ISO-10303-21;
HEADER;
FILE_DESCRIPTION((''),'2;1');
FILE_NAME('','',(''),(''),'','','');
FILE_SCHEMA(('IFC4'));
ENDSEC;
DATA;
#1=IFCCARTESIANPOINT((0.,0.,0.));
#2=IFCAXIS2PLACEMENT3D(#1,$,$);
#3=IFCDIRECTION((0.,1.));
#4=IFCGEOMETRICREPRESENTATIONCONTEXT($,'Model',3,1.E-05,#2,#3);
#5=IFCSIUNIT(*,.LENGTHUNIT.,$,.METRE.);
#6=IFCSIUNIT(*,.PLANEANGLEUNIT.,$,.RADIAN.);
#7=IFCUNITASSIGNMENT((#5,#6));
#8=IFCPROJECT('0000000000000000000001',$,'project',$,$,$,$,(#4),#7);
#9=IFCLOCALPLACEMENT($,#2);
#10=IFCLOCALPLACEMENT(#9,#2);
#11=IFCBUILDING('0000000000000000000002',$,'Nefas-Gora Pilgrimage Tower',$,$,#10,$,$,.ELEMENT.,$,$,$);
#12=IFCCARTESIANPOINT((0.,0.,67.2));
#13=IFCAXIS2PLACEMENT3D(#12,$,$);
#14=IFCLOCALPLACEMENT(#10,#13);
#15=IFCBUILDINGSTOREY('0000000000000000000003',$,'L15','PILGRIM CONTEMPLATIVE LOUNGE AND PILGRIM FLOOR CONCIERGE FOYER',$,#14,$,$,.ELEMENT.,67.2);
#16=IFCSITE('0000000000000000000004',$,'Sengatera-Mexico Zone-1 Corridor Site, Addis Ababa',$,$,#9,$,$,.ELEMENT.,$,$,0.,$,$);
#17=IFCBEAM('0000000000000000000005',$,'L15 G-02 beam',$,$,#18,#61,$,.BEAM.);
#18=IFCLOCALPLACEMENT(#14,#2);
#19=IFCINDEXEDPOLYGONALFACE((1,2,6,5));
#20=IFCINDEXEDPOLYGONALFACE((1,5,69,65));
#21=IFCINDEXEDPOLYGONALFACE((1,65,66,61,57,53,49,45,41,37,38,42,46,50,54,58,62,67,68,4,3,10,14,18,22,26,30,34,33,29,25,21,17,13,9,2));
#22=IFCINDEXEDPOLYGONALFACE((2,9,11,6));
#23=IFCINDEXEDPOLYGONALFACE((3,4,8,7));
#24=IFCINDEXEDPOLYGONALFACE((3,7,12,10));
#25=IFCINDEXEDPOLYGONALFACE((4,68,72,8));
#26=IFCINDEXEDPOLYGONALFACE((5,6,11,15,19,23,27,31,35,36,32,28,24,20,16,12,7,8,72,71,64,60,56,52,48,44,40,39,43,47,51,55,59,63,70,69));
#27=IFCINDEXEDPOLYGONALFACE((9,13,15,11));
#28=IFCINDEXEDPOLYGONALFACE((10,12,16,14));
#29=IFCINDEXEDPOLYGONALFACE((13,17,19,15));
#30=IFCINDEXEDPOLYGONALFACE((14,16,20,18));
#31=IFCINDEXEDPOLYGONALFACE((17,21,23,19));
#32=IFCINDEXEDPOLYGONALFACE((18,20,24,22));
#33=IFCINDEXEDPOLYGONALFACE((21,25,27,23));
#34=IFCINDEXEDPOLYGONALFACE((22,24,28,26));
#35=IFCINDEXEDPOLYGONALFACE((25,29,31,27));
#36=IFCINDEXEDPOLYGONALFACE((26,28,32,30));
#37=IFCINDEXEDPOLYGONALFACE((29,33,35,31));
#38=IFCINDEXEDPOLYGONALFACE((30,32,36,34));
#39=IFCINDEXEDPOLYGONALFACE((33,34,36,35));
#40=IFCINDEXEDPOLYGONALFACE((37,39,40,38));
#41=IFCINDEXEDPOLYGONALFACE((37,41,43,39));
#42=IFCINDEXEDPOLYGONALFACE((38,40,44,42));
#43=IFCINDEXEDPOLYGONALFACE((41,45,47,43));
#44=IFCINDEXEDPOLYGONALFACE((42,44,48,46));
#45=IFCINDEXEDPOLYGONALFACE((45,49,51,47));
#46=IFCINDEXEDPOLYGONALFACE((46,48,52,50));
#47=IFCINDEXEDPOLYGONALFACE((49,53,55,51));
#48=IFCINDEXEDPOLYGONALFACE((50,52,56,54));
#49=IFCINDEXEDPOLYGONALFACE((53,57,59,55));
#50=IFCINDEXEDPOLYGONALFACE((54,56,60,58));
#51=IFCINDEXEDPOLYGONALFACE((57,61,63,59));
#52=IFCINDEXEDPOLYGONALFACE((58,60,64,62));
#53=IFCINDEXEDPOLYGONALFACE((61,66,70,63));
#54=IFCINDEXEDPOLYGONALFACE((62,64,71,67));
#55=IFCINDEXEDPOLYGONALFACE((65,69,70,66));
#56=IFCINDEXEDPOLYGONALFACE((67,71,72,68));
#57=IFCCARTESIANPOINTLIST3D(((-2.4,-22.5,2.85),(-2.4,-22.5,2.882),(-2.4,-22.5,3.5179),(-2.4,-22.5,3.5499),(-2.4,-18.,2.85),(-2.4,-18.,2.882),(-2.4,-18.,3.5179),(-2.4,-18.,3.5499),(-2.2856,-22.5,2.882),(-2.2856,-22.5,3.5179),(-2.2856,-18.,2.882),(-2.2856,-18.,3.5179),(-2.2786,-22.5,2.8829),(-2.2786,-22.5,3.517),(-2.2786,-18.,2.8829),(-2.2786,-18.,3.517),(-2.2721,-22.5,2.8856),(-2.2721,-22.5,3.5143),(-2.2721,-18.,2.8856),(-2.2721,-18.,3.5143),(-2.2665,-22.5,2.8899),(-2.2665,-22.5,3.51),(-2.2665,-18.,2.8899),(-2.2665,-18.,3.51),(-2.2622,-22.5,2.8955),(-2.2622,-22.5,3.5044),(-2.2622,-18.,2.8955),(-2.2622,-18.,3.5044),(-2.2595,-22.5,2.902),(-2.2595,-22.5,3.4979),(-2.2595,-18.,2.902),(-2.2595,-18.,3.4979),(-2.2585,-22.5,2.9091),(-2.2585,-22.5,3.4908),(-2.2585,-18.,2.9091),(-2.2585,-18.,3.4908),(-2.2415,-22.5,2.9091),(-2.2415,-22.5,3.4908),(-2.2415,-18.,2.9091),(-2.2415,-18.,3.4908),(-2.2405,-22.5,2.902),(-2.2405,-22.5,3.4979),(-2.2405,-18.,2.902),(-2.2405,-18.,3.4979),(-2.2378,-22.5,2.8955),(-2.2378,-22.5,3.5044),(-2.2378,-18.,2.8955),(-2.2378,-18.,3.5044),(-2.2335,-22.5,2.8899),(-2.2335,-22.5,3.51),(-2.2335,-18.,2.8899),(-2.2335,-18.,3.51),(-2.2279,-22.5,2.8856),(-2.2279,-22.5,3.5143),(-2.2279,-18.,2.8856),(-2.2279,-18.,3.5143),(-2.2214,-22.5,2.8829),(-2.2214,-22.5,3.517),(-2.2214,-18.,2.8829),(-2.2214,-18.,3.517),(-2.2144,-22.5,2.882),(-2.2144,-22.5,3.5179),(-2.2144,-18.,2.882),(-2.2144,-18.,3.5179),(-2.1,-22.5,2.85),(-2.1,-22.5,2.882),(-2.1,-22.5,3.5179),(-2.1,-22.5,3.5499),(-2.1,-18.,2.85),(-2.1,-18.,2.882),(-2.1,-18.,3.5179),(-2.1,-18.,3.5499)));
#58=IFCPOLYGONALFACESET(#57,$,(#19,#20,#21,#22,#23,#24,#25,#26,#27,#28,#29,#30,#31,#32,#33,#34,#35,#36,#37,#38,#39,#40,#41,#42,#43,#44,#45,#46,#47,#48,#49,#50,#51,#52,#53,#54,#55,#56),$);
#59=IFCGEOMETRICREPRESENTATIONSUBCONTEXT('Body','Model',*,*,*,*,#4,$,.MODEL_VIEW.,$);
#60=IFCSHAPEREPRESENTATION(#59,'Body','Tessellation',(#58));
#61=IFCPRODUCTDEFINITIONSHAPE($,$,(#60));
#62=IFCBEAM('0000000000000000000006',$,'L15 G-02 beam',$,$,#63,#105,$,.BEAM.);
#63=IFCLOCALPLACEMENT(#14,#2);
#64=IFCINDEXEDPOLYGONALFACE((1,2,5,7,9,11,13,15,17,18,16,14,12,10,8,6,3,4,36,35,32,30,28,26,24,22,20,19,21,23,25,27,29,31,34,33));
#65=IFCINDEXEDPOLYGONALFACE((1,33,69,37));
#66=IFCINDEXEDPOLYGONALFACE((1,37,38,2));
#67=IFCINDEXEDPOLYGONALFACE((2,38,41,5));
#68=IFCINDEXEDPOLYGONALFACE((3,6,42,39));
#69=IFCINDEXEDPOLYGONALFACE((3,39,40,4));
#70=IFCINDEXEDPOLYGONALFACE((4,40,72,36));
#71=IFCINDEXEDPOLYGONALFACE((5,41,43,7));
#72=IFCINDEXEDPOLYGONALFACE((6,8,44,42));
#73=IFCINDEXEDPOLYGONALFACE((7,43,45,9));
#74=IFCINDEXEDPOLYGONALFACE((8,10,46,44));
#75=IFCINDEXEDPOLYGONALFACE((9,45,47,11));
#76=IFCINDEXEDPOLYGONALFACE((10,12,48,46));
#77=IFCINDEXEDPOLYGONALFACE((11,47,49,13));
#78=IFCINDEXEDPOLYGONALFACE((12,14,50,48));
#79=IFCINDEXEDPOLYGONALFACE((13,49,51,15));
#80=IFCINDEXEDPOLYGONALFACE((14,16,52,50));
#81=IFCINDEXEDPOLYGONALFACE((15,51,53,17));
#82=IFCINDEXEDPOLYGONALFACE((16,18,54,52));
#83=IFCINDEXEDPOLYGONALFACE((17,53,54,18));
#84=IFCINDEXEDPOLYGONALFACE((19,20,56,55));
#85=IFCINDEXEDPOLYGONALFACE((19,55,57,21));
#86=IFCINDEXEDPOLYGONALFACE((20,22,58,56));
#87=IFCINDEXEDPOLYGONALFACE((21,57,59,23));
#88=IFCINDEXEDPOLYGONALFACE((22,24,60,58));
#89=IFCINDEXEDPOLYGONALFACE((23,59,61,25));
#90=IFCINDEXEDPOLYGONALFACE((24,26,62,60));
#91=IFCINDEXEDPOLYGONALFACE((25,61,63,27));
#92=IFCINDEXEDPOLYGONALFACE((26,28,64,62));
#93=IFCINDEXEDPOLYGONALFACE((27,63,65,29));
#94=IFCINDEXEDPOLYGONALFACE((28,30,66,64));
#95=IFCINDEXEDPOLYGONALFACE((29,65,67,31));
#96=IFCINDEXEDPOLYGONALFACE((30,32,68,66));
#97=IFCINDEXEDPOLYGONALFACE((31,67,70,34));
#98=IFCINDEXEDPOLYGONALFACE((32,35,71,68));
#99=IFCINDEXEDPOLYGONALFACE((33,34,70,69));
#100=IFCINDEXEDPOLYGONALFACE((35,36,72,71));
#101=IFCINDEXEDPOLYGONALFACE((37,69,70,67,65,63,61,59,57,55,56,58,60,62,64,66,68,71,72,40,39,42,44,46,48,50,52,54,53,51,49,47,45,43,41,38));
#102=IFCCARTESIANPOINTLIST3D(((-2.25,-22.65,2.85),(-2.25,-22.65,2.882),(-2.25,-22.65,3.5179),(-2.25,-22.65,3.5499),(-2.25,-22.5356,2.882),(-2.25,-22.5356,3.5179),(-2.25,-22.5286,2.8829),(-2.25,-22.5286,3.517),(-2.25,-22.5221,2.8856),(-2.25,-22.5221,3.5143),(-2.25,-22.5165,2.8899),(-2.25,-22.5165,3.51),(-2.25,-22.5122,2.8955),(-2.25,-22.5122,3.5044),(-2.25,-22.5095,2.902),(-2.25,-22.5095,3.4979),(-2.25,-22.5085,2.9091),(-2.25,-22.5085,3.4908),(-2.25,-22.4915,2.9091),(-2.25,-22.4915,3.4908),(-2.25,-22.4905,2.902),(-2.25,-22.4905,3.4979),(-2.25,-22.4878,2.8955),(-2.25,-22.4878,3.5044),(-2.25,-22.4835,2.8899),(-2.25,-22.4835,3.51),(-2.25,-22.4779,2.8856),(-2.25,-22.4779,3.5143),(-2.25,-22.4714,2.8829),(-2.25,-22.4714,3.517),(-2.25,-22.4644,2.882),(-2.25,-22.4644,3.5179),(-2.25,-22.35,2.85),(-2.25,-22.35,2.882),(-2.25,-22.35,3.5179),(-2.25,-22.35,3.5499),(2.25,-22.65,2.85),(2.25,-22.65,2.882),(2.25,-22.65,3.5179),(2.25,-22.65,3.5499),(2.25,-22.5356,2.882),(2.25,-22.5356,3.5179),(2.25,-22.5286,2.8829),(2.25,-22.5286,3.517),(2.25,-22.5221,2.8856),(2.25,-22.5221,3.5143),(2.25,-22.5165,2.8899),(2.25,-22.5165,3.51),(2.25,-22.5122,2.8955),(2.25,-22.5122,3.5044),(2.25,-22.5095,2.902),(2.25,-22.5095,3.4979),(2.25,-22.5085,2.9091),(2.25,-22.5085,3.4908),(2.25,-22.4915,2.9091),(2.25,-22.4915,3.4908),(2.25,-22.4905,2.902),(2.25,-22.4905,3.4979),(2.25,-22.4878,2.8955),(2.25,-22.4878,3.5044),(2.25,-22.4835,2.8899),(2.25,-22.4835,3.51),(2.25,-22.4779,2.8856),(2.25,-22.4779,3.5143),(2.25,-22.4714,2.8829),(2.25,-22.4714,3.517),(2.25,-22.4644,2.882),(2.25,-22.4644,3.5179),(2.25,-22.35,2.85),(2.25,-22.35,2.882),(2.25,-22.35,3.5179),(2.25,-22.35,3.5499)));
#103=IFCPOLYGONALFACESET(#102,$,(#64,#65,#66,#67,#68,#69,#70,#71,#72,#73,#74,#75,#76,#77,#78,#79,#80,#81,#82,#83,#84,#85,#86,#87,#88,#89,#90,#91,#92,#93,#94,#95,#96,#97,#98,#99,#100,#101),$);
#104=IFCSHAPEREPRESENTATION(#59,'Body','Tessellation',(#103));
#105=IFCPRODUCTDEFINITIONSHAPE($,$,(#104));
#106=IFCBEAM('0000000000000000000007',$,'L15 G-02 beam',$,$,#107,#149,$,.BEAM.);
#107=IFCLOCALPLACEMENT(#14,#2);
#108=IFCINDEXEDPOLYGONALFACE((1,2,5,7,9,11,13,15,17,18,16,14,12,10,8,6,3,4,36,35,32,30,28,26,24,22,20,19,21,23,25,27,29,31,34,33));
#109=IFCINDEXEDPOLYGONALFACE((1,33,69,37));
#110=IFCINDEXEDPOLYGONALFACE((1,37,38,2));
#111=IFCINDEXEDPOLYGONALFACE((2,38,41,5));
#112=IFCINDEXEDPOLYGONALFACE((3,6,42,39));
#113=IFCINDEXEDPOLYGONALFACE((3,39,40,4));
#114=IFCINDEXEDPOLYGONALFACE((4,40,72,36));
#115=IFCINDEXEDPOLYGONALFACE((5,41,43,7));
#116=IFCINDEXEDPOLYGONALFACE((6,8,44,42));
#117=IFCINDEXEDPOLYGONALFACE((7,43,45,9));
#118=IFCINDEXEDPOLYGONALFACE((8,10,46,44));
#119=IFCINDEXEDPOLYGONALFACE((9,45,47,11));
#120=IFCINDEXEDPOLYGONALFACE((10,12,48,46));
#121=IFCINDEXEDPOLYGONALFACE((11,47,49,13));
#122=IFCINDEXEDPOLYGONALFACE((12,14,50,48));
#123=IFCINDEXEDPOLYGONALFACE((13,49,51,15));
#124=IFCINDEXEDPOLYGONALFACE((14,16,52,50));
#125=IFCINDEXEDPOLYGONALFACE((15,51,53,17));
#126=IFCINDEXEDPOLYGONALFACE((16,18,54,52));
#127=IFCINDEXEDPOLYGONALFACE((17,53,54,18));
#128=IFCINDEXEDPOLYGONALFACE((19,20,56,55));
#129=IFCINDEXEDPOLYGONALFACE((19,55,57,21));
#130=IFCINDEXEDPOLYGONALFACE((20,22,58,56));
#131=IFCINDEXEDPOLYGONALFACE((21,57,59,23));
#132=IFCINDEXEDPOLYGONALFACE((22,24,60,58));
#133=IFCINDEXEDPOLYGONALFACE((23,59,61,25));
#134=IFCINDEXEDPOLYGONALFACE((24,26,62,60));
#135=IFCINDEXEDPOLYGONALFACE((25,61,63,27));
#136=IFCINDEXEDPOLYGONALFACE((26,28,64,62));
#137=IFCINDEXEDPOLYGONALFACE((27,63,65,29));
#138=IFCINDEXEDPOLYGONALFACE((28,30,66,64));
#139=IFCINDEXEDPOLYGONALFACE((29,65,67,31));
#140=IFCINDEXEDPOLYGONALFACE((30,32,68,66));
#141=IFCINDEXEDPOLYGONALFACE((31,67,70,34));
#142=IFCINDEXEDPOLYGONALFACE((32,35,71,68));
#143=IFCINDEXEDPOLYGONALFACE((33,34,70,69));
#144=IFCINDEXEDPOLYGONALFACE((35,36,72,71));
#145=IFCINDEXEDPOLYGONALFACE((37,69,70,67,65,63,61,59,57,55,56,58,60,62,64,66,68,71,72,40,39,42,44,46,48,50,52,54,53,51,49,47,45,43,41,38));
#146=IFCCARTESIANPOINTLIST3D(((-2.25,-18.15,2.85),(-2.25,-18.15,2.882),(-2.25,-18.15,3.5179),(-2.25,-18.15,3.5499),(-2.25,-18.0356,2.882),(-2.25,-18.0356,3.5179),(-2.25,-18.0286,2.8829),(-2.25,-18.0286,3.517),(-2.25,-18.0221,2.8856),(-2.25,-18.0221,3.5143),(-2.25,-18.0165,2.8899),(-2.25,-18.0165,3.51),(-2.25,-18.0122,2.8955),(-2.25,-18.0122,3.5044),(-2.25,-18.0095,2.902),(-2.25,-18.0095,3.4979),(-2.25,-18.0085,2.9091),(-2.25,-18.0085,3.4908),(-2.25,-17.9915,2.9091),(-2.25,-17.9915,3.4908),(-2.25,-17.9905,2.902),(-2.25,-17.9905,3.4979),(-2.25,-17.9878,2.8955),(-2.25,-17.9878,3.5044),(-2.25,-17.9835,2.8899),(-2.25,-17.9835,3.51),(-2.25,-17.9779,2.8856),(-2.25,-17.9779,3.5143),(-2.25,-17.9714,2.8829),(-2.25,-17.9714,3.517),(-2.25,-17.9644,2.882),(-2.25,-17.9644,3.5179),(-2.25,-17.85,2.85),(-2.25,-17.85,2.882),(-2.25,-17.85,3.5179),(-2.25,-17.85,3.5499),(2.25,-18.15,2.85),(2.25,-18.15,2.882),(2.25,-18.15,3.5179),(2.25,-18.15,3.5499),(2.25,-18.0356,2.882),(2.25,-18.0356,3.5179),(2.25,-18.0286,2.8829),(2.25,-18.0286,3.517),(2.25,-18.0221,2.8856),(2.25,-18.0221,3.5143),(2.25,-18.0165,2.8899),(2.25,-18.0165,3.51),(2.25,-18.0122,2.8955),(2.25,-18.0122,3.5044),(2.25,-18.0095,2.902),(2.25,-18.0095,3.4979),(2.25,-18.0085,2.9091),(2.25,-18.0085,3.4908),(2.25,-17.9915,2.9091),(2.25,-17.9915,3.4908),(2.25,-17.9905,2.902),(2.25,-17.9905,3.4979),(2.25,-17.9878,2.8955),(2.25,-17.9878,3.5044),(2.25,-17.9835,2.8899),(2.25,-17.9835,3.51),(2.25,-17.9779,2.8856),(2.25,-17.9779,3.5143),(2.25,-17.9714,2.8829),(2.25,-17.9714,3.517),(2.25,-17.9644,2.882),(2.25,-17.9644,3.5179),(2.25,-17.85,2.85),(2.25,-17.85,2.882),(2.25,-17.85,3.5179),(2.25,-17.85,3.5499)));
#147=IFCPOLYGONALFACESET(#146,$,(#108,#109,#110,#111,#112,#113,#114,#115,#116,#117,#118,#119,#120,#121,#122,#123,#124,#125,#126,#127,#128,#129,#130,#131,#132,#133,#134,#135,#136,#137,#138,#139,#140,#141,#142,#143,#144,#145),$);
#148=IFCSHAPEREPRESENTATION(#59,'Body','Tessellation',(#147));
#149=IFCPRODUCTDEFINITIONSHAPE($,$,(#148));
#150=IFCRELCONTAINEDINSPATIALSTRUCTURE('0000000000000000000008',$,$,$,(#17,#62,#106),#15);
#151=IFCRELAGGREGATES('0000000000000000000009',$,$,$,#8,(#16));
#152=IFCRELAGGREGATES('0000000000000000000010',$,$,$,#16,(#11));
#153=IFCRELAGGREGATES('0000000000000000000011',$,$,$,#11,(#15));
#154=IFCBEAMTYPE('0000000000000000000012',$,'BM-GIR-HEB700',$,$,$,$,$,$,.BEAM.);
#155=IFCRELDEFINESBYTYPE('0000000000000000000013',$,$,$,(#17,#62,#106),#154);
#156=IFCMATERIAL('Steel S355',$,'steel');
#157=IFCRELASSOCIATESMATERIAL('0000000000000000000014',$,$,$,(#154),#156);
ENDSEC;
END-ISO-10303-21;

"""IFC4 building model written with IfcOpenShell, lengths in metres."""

from ifc_helpers import new_model, si_unit, direction, frame, origin, origin_2d, place, context, subcontext, project, spatial, i_section, extrude, source, transform, mapped, material, material_profile, profile_set, type_object, element, save


model = new_model("IFC4")

# Units and contexts
model_context = context("Model", 3, precision=1e-05, world=origin(), true_north=direction((0.0, 1.0)))
body_context = subcontext(model_context, "Body", "Model", "MODEL_VIEW")
ifc_project = project(units=[si_unit("LENGTHUNIT", "METRE"), si_unit("PLANEANGLEUNIT", "RADIAN")], contexts=[model_context])

# Site, building, storey
site_placement = place(None, origin())
site = spatial("IfcSite", under=ifc_project, at=site_placement, Name="Sengatera-Mexico Zone-1 Corridor Site, Addis Ababa", CompositionType="ELEMENT", RefElevation=0.0)
building_placement = place(site_placement, origin())
building = spatial("IfcBuilding", under=site, at=building_placement, Name="Nefas-Gora Pilgrimage Tower", CompositionType="ELEMENT")
storey_placement = place(building_placement, frame((0.0, 0.0, 67.2)))
storey = spatial("IfcBuildingStorey", under=building, at=storey_placement, Name="L15", Description="PILGRIM CONTEMPLATIVE LOUNGE AND PILGRIM FLOOR CONCIERGE FOYER", CompositionType="ELEMENT", Elevation=67.2)

# Beams
ifc_material_1 = material(Name="Steel S355", Category="steel")
ifc_material_profile_1 = material_profile(ifc_material_1, i_section(OverallWidth=0.3, OverallDepth=0.7, WebThickness=0.0171, FlangeThickness=0.032, FilletRadius=0.0271, at=origin_2d()), Name="HEB 700")
ifc_profile_set_1 = profile_set([ifc_material_profile_1], Name="Steel S355")
beam_type = type_object("IfcBeamType", Name="BM-GIR-HEB700", PredefinedType="BEAM", material=ifc_profile_set_1)
shared_shape_1 = source(origin(), body_context, "Body", "SweptSolid", [
    extrude(i_section(OverallWidth=0.3, OverallDepth=0.7, WebThickness=0.0171, FlangeThickness=0.032, FilletRadius=0.0271, at=origin_2d()), origin(), (0.0, 0.0, 1.0), 4.5),
])
for number, where, z_axis, x_axis, name in (
    (1, (-2.25, -22.5, 3.2), (0.0, 1.0, 0.0), (-1.0, 0.0, 0.0), "L15 G-02 beam"),
    (2, (-2.25, -22.5, 3.2), (1.0, 0.0, 0.0), (0.0, 1.0, 0.0), "L15 G-02 beam"),
    (3, (-2.25, -18.0, 3.2), (1.0, 0.0, 0.0), (0.0, 1.0, 0.0), "L15 G-02 beam"),
):
    element("IfcBeam", number, at=place(storey_placement, frame(where, z_axis=z_axis, x_axis=x_axis)), inside=storey, type_object=beam_type, Name=name, PredefinedType="BEAM", context=body_context, shape_type="MappedRepresentation", body=[
        mapped(shared_shape_1, transform((0.0, 0.0, 0.0), x_axis=(1.0, 0.0, 0.0), y_axis=(0.0, 1.0, 0.0), z_axis=(0.0, 0.0, 1.0), scale=1.0)),
    ])

save(model, "model.ifc")
